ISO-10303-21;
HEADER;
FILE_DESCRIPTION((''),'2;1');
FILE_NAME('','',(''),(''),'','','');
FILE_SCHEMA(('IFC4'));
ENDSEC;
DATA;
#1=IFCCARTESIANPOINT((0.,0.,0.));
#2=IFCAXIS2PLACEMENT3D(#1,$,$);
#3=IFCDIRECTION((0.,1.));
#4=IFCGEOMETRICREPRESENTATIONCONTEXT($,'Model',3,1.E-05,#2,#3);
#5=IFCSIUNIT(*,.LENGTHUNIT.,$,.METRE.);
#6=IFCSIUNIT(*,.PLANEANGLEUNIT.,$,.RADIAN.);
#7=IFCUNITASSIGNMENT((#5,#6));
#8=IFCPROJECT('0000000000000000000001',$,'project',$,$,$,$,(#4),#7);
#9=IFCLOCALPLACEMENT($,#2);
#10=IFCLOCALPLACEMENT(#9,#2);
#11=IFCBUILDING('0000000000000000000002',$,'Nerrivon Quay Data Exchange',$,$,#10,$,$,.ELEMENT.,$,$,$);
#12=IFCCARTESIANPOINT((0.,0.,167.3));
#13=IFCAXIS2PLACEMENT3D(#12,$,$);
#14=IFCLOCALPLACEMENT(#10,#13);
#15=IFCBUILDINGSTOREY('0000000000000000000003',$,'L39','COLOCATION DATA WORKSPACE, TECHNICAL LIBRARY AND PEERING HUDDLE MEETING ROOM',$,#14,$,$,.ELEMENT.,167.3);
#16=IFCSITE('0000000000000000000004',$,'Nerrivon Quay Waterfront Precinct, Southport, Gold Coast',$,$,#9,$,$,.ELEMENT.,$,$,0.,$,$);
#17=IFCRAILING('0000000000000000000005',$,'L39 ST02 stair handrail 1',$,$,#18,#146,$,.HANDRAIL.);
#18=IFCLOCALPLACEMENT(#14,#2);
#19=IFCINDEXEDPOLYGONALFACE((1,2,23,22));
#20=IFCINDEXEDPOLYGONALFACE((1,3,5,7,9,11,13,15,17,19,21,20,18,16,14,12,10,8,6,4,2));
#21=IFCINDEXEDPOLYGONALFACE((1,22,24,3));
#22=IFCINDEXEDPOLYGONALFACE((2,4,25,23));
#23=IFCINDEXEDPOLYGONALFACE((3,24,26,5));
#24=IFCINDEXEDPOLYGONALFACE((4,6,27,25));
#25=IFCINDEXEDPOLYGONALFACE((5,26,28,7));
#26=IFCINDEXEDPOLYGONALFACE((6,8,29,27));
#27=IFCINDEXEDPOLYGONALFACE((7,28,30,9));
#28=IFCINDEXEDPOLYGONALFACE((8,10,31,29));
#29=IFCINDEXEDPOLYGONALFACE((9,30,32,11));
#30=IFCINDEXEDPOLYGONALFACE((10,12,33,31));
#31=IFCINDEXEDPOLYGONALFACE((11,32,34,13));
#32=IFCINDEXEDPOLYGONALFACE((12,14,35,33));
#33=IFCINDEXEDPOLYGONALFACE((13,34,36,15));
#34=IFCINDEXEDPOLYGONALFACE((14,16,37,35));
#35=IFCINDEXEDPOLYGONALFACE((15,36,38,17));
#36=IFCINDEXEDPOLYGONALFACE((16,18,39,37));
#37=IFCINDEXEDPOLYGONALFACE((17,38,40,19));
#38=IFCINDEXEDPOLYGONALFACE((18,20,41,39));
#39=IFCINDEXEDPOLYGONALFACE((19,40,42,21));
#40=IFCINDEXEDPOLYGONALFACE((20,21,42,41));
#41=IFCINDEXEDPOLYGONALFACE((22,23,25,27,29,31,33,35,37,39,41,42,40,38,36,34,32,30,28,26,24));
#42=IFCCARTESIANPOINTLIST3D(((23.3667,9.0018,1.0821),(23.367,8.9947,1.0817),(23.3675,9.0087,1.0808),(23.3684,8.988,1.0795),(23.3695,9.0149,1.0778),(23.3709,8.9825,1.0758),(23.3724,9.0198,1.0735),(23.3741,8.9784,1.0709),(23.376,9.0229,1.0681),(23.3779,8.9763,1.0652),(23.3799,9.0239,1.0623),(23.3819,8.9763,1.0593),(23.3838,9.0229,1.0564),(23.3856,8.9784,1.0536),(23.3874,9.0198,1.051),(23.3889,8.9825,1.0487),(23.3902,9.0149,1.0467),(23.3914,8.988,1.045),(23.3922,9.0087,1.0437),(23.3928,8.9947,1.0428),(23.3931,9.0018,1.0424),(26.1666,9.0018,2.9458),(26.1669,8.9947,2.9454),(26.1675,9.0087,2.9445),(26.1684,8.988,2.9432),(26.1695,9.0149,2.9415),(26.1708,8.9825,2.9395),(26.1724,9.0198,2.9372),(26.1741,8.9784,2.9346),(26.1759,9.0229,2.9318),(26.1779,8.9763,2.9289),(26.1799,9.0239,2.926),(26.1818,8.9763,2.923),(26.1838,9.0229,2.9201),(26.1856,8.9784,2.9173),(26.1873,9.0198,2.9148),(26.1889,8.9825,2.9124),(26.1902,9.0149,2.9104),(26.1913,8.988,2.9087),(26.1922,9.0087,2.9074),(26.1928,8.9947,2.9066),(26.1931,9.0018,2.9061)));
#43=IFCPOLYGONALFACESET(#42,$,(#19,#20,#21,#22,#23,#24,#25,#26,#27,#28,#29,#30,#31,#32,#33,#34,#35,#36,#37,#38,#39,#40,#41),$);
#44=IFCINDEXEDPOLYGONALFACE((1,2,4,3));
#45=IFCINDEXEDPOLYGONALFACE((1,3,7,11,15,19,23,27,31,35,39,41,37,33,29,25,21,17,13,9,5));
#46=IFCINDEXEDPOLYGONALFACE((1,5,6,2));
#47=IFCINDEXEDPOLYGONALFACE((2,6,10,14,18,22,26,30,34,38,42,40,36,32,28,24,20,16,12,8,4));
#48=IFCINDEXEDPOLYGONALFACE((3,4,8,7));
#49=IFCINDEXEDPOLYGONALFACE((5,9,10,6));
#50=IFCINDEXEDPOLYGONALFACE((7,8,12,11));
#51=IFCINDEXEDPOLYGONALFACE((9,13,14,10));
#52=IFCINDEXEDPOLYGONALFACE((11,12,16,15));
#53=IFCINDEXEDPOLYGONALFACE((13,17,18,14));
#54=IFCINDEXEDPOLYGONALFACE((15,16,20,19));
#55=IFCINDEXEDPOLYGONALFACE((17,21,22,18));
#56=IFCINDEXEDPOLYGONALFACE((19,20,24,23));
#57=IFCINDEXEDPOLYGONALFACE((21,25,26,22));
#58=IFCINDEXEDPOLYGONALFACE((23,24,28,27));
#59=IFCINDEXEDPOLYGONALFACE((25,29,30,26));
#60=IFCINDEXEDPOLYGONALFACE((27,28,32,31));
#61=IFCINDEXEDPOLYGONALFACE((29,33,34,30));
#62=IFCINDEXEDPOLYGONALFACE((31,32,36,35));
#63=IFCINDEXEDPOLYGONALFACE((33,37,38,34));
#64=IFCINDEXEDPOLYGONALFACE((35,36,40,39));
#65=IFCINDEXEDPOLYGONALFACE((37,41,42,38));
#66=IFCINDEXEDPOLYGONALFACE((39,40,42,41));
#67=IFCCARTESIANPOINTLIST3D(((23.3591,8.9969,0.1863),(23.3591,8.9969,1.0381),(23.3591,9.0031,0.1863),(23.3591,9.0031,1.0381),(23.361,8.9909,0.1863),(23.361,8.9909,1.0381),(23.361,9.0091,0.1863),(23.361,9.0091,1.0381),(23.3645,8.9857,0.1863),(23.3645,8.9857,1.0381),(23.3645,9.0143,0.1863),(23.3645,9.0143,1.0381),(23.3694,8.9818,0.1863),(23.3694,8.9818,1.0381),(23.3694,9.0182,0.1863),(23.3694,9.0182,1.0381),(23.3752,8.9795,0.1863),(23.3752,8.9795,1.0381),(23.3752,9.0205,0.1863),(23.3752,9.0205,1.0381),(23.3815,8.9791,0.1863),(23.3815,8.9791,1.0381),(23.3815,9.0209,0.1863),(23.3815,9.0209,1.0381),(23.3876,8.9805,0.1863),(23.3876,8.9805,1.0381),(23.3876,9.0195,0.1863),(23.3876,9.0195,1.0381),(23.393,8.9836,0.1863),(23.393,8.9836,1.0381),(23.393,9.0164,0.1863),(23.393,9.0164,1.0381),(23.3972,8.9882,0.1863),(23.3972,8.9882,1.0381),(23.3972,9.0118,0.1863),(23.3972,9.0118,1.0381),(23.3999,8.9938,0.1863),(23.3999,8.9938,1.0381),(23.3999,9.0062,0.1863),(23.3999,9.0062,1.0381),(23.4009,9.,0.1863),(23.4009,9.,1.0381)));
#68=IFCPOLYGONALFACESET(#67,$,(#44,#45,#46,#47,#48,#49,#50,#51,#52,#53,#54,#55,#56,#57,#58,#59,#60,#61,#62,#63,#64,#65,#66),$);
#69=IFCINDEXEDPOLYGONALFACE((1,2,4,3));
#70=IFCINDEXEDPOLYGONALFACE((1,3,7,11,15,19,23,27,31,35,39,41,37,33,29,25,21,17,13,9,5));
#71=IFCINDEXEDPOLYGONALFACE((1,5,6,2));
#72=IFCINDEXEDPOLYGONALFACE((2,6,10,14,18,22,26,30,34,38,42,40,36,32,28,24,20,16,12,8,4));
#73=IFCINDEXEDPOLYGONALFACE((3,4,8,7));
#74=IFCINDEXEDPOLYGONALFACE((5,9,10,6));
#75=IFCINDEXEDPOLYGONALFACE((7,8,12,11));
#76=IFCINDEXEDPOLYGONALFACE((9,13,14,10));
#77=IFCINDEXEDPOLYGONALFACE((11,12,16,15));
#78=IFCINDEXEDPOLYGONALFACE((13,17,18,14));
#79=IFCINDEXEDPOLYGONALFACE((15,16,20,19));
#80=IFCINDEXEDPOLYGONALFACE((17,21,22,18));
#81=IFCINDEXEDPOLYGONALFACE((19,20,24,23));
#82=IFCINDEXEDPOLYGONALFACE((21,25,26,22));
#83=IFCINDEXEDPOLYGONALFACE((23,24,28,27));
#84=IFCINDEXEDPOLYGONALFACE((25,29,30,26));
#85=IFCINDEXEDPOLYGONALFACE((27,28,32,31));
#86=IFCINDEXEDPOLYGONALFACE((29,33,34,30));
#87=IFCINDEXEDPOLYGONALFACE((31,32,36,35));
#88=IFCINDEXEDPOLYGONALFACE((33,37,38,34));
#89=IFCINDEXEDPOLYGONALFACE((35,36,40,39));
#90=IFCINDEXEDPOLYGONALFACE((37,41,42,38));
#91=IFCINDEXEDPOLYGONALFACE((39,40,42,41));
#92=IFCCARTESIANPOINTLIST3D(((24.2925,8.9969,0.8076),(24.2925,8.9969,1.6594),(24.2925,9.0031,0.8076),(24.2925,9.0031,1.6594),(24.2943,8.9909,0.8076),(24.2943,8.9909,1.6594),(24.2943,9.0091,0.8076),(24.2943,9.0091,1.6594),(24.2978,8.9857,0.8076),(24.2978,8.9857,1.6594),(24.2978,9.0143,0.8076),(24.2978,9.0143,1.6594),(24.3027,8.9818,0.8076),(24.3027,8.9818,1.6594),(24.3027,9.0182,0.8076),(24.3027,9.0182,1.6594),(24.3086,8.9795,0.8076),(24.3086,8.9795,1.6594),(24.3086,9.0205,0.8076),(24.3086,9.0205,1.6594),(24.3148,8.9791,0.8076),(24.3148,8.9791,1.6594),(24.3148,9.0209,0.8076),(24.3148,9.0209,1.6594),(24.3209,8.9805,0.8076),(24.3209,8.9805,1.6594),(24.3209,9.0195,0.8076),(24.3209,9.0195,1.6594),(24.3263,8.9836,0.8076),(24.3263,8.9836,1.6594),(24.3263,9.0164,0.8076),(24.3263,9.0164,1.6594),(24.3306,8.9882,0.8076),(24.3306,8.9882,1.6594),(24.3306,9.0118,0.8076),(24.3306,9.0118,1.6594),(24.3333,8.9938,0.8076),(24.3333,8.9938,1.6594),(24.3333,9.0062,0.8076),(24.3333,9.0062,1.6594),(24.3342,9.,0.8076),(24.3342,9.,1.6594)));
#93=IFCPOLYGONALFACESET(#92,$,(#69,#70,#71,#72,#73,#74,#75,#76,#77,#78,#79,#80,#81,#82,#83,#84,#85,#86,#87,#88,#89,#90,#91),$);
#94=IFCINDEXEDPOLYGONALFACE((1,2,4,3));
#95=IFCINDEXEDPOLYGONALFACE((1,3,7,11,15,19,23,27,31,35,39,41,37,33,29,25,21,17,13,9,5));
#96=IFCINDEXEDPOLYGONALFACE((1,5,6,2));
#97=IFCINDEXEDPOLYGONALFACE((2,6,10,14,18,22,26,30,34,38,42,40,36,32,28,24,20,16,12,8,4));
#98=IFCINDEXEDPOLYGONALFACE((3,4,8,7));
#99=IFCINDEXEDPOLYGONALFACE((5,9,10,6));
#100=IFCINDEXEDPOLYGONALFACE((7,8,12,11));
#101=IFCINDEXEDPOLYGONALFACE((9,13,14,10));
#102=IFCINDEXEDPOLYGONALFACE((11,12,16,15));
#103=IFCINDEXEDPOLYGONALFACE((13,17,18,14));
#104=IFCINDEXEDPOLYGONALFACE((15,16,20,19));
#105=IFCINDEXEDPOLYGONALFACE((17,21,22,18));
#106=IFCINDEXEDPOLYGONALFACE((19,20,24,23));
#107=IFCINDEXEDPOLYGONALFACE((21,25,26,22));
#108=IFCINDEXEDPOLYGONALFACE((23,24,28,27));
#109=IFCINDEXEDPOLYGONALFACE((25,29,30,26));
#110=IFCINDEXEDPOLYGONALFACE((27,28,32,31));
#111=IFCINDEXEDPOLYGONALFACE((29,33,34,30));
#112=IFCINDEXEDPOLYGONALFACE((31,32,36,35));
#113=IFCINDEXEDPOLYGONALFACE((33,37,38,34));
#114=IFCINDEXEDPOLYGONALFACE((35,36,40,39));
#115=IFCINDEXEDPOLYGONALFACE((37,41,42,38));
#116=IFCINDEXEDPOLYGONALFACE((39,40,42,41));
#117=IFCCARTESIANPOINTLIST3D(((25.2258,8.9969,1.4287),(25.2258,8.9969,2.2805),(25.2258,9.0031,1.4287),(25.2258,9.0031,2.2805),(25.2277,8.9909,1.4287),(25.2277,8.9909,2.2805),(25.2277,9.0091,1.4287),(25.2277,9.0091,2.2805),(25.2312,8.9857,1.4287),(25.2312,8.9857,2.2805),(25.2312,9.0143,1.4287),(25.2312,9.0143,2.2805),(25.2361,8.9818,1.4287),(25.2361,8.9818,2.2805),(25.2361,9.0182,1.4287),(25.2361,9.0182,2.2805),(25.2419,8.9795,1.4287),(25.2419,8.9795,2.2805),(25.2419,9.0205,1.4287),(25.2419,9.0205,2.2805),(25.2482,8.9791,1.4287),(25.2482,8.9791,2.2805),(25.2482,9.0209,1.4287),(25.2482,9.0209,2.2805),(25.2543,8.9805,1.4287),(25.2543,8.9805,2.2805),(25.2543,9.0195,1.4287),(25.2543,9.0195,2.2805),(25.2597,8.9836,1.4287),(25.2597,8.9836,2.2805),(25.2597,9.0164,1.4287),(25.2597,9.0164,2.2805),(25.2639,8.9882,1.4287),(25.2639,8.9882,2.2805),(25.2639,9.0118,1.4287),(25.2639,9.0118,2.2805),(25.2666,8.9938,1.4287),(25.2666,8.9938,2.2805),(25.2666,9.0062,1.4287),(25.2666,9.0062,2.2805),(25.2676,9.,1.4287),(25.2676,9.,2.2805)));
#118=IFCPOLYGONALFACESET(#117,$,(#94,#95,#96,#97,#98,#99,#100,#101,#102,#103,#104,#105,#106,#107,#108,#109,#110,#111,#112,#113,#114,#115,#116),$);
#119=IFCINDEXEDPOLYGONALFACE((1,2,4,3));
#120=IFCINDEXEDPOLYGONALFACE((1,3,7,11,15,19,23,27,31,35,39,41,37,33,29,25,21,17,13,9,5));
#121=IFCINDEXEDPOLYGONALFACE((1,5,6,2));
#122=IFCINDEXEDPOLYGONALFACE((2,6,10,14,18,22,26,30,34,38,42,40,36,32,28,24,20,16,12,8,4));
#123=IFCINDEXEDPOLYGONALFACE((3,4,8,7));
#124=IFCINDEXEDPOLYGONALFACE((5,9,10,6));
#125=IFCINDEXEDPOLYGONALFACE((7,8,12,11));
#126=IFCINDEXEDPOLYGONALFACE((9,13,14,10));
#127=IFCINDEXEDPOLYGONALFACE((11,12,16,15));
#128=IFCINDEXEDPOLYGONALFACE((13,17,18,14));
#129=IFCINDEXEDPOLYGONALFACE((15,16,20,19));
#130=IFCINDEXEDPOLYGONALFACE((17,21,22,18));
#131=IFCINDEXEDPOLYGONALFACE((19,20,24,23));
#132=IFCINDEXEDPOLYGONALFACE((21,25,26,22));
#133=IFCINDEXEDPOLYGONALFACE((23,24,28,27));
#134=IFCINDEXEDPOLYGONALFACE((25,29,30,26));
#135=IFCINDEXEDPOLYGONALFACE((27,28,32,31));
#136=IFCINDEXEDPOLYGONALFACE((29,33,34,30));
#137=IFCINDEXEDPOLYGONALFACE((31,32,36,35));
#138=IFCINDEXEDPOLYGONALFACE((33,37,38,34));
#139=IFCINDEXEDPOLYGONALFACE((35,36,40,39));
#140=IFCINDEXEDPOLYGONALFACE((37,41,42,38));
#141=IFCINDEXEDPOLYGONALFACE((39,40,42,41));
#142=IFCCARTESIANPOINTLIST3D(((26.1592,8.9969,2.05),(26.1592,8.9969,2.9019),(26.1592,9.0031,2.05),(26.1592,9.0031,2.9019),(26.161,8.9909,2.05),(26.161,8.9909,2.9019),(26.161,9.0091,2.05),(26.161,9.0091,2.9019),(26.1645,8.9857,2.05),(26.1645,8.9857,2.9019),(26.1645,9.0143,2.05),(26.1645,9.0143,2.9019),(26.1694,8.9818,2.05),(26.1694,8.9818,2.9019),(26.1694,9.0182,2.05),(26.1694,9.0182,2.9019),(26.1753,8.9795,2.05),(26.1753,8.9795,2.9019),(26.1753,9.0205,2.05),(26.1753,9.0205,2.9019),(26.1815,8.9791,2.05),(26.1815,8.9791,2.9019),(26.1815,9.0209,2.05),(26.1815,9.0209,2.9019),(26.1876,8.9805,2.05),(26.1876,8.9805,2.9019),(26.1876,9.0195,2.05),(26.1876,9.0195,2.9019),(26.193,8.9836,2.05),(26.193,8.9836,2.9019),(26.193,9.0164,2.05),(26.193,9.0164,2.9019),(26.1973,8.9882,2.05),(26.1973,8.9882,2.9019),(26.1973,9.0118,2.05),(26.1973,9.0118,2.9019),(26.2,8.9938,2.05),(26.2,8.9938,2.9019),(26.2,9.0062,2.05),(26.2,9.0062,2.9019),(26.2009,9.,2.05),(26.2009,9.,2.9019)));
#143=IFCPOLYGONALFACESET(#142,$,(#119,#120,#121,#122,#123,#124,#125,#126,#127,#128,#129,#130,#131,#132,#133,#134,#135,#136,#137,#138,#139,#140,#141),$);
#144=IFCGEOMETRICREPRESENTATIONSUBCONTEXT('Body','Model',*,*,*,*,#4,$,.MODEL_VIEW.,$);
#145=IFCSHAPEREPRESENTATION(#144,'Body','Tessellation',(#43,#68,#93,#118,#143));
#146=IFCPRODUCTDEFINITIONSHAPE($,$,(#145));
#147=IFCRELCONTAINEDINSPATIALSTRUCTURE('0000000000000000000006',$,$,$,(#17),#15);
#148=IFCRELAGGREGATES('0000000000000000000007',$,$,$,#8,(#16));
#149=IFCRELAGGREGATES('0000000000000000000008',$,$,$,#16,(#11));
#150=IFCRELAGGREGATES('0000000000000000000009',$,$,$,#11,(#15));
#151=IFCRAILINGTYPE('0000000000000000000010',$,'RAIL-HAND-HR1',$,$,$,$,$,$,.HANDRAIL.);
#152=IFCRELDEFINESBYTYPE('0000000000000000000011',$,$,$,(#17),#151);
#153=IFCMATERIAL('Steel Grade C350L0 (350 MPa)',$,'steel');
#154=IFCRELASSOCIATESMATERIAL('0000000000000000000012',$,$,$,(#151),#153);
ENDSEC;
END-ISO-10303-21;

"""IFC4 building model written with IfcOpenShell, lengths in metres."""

from ifc_helpers import new_model, si_unit, direction, frame, origin, origin_2d, place, context, subcontext, project, spatial, circle, extrude, material, type_object, element, save


model = new_model("IFC4")

# Units and contexts
model_context = context("Model", 3, precision=1e-05, world=origin(), true_north=direction((0.0, 1.0)))
body_context = subcontext(model_context, "Body", "Model", "MODEL_VIEW")
ifc_project = project(units=[si_unit("LENGTHUNIT", "METRE"), si_unit("PLANEANGLEUNIT", "RADIAN")], contexts=[model_context])

# Site, building, storey
site_placement = place(None, origin())
site = spatial("IfcSite", under=ifc_project, at=site_placement, Name="Nerrivon Quay Waterfront Precinct, Southport, Gold Coast", CompositionType="ELEMENT", RefElevation=0.0)
building_placement = place(site_placement, origin())
building = spatial("IfcBuilding", under=site, at=building_placement, Name="Nerrivon Quay Data Exchange", CompositionType="ELEMENT")
storey_placement = place(building_placement, frame((0.0, 0.0, 167.3)))
storey = spatial("IfcBuildingStorey", under=building, at=storey_placement, Name="L39", Description="COLOCATION DATA WORKSPACE, TECHNICAL LIBRARY AND PEERING HUDDLE MEETING ROOM", CompositionType="ELEMENT", Elevation=167.3)

# Railing
ifc_material_1 = material(Name="Steel Grade C350L0 (350 MPa)", Category="steel")
railing_type_1 = type_object("IfcRailingType", Name="RAIL-HAND-HR1", PredefinedType="HANDRAIL", material=ifc_material_1)
railing_1_placement = place(storey_placement, frame((23.3799, 9.0, 0.1863)))
element("IfcRailing", 1, at=railing_1_placement, inside=storey, type_object=railing_type_1, Name="L39 ST02 stair handrail 1", PredefinedType="HANDRAIL", context=body_context, shape_type="SweptSolid", body=[
    extrude(circle(Radius=0.0239, at=origin_2d()), frame((0.0, 0.0, 0.876), z_axis=(0.832452, 0.0, 0.554097), x_axis=(0.0, 1.0, 0.0)), (0.0, 0.0, 1.0), 3.3635),
    extrude(circle(Radius=0.021, at=origin_2d()), origin(), (0.0, 0.0, 1.0), 0.8518),
    extrude(circle(Radius=0.021, at=origin_2d()), frame((0.9333, 0.0, 0.6213)), (0.0, 0.0, 1.0), 0.8518),
    extrude(circle(Radius=0.021, at=origin_2d()), frame((1.8667, 0.0, 1.2424)), (0.0, 0.0, 1.0), 0.8518),
    extrude(circle(Radius=0.021, at=origin_2d()), frame((2.8, 0.0, 1.8638)), (0.0, 0.0, 1.0), 0.8518),
])

save(model, "model.ifc")
